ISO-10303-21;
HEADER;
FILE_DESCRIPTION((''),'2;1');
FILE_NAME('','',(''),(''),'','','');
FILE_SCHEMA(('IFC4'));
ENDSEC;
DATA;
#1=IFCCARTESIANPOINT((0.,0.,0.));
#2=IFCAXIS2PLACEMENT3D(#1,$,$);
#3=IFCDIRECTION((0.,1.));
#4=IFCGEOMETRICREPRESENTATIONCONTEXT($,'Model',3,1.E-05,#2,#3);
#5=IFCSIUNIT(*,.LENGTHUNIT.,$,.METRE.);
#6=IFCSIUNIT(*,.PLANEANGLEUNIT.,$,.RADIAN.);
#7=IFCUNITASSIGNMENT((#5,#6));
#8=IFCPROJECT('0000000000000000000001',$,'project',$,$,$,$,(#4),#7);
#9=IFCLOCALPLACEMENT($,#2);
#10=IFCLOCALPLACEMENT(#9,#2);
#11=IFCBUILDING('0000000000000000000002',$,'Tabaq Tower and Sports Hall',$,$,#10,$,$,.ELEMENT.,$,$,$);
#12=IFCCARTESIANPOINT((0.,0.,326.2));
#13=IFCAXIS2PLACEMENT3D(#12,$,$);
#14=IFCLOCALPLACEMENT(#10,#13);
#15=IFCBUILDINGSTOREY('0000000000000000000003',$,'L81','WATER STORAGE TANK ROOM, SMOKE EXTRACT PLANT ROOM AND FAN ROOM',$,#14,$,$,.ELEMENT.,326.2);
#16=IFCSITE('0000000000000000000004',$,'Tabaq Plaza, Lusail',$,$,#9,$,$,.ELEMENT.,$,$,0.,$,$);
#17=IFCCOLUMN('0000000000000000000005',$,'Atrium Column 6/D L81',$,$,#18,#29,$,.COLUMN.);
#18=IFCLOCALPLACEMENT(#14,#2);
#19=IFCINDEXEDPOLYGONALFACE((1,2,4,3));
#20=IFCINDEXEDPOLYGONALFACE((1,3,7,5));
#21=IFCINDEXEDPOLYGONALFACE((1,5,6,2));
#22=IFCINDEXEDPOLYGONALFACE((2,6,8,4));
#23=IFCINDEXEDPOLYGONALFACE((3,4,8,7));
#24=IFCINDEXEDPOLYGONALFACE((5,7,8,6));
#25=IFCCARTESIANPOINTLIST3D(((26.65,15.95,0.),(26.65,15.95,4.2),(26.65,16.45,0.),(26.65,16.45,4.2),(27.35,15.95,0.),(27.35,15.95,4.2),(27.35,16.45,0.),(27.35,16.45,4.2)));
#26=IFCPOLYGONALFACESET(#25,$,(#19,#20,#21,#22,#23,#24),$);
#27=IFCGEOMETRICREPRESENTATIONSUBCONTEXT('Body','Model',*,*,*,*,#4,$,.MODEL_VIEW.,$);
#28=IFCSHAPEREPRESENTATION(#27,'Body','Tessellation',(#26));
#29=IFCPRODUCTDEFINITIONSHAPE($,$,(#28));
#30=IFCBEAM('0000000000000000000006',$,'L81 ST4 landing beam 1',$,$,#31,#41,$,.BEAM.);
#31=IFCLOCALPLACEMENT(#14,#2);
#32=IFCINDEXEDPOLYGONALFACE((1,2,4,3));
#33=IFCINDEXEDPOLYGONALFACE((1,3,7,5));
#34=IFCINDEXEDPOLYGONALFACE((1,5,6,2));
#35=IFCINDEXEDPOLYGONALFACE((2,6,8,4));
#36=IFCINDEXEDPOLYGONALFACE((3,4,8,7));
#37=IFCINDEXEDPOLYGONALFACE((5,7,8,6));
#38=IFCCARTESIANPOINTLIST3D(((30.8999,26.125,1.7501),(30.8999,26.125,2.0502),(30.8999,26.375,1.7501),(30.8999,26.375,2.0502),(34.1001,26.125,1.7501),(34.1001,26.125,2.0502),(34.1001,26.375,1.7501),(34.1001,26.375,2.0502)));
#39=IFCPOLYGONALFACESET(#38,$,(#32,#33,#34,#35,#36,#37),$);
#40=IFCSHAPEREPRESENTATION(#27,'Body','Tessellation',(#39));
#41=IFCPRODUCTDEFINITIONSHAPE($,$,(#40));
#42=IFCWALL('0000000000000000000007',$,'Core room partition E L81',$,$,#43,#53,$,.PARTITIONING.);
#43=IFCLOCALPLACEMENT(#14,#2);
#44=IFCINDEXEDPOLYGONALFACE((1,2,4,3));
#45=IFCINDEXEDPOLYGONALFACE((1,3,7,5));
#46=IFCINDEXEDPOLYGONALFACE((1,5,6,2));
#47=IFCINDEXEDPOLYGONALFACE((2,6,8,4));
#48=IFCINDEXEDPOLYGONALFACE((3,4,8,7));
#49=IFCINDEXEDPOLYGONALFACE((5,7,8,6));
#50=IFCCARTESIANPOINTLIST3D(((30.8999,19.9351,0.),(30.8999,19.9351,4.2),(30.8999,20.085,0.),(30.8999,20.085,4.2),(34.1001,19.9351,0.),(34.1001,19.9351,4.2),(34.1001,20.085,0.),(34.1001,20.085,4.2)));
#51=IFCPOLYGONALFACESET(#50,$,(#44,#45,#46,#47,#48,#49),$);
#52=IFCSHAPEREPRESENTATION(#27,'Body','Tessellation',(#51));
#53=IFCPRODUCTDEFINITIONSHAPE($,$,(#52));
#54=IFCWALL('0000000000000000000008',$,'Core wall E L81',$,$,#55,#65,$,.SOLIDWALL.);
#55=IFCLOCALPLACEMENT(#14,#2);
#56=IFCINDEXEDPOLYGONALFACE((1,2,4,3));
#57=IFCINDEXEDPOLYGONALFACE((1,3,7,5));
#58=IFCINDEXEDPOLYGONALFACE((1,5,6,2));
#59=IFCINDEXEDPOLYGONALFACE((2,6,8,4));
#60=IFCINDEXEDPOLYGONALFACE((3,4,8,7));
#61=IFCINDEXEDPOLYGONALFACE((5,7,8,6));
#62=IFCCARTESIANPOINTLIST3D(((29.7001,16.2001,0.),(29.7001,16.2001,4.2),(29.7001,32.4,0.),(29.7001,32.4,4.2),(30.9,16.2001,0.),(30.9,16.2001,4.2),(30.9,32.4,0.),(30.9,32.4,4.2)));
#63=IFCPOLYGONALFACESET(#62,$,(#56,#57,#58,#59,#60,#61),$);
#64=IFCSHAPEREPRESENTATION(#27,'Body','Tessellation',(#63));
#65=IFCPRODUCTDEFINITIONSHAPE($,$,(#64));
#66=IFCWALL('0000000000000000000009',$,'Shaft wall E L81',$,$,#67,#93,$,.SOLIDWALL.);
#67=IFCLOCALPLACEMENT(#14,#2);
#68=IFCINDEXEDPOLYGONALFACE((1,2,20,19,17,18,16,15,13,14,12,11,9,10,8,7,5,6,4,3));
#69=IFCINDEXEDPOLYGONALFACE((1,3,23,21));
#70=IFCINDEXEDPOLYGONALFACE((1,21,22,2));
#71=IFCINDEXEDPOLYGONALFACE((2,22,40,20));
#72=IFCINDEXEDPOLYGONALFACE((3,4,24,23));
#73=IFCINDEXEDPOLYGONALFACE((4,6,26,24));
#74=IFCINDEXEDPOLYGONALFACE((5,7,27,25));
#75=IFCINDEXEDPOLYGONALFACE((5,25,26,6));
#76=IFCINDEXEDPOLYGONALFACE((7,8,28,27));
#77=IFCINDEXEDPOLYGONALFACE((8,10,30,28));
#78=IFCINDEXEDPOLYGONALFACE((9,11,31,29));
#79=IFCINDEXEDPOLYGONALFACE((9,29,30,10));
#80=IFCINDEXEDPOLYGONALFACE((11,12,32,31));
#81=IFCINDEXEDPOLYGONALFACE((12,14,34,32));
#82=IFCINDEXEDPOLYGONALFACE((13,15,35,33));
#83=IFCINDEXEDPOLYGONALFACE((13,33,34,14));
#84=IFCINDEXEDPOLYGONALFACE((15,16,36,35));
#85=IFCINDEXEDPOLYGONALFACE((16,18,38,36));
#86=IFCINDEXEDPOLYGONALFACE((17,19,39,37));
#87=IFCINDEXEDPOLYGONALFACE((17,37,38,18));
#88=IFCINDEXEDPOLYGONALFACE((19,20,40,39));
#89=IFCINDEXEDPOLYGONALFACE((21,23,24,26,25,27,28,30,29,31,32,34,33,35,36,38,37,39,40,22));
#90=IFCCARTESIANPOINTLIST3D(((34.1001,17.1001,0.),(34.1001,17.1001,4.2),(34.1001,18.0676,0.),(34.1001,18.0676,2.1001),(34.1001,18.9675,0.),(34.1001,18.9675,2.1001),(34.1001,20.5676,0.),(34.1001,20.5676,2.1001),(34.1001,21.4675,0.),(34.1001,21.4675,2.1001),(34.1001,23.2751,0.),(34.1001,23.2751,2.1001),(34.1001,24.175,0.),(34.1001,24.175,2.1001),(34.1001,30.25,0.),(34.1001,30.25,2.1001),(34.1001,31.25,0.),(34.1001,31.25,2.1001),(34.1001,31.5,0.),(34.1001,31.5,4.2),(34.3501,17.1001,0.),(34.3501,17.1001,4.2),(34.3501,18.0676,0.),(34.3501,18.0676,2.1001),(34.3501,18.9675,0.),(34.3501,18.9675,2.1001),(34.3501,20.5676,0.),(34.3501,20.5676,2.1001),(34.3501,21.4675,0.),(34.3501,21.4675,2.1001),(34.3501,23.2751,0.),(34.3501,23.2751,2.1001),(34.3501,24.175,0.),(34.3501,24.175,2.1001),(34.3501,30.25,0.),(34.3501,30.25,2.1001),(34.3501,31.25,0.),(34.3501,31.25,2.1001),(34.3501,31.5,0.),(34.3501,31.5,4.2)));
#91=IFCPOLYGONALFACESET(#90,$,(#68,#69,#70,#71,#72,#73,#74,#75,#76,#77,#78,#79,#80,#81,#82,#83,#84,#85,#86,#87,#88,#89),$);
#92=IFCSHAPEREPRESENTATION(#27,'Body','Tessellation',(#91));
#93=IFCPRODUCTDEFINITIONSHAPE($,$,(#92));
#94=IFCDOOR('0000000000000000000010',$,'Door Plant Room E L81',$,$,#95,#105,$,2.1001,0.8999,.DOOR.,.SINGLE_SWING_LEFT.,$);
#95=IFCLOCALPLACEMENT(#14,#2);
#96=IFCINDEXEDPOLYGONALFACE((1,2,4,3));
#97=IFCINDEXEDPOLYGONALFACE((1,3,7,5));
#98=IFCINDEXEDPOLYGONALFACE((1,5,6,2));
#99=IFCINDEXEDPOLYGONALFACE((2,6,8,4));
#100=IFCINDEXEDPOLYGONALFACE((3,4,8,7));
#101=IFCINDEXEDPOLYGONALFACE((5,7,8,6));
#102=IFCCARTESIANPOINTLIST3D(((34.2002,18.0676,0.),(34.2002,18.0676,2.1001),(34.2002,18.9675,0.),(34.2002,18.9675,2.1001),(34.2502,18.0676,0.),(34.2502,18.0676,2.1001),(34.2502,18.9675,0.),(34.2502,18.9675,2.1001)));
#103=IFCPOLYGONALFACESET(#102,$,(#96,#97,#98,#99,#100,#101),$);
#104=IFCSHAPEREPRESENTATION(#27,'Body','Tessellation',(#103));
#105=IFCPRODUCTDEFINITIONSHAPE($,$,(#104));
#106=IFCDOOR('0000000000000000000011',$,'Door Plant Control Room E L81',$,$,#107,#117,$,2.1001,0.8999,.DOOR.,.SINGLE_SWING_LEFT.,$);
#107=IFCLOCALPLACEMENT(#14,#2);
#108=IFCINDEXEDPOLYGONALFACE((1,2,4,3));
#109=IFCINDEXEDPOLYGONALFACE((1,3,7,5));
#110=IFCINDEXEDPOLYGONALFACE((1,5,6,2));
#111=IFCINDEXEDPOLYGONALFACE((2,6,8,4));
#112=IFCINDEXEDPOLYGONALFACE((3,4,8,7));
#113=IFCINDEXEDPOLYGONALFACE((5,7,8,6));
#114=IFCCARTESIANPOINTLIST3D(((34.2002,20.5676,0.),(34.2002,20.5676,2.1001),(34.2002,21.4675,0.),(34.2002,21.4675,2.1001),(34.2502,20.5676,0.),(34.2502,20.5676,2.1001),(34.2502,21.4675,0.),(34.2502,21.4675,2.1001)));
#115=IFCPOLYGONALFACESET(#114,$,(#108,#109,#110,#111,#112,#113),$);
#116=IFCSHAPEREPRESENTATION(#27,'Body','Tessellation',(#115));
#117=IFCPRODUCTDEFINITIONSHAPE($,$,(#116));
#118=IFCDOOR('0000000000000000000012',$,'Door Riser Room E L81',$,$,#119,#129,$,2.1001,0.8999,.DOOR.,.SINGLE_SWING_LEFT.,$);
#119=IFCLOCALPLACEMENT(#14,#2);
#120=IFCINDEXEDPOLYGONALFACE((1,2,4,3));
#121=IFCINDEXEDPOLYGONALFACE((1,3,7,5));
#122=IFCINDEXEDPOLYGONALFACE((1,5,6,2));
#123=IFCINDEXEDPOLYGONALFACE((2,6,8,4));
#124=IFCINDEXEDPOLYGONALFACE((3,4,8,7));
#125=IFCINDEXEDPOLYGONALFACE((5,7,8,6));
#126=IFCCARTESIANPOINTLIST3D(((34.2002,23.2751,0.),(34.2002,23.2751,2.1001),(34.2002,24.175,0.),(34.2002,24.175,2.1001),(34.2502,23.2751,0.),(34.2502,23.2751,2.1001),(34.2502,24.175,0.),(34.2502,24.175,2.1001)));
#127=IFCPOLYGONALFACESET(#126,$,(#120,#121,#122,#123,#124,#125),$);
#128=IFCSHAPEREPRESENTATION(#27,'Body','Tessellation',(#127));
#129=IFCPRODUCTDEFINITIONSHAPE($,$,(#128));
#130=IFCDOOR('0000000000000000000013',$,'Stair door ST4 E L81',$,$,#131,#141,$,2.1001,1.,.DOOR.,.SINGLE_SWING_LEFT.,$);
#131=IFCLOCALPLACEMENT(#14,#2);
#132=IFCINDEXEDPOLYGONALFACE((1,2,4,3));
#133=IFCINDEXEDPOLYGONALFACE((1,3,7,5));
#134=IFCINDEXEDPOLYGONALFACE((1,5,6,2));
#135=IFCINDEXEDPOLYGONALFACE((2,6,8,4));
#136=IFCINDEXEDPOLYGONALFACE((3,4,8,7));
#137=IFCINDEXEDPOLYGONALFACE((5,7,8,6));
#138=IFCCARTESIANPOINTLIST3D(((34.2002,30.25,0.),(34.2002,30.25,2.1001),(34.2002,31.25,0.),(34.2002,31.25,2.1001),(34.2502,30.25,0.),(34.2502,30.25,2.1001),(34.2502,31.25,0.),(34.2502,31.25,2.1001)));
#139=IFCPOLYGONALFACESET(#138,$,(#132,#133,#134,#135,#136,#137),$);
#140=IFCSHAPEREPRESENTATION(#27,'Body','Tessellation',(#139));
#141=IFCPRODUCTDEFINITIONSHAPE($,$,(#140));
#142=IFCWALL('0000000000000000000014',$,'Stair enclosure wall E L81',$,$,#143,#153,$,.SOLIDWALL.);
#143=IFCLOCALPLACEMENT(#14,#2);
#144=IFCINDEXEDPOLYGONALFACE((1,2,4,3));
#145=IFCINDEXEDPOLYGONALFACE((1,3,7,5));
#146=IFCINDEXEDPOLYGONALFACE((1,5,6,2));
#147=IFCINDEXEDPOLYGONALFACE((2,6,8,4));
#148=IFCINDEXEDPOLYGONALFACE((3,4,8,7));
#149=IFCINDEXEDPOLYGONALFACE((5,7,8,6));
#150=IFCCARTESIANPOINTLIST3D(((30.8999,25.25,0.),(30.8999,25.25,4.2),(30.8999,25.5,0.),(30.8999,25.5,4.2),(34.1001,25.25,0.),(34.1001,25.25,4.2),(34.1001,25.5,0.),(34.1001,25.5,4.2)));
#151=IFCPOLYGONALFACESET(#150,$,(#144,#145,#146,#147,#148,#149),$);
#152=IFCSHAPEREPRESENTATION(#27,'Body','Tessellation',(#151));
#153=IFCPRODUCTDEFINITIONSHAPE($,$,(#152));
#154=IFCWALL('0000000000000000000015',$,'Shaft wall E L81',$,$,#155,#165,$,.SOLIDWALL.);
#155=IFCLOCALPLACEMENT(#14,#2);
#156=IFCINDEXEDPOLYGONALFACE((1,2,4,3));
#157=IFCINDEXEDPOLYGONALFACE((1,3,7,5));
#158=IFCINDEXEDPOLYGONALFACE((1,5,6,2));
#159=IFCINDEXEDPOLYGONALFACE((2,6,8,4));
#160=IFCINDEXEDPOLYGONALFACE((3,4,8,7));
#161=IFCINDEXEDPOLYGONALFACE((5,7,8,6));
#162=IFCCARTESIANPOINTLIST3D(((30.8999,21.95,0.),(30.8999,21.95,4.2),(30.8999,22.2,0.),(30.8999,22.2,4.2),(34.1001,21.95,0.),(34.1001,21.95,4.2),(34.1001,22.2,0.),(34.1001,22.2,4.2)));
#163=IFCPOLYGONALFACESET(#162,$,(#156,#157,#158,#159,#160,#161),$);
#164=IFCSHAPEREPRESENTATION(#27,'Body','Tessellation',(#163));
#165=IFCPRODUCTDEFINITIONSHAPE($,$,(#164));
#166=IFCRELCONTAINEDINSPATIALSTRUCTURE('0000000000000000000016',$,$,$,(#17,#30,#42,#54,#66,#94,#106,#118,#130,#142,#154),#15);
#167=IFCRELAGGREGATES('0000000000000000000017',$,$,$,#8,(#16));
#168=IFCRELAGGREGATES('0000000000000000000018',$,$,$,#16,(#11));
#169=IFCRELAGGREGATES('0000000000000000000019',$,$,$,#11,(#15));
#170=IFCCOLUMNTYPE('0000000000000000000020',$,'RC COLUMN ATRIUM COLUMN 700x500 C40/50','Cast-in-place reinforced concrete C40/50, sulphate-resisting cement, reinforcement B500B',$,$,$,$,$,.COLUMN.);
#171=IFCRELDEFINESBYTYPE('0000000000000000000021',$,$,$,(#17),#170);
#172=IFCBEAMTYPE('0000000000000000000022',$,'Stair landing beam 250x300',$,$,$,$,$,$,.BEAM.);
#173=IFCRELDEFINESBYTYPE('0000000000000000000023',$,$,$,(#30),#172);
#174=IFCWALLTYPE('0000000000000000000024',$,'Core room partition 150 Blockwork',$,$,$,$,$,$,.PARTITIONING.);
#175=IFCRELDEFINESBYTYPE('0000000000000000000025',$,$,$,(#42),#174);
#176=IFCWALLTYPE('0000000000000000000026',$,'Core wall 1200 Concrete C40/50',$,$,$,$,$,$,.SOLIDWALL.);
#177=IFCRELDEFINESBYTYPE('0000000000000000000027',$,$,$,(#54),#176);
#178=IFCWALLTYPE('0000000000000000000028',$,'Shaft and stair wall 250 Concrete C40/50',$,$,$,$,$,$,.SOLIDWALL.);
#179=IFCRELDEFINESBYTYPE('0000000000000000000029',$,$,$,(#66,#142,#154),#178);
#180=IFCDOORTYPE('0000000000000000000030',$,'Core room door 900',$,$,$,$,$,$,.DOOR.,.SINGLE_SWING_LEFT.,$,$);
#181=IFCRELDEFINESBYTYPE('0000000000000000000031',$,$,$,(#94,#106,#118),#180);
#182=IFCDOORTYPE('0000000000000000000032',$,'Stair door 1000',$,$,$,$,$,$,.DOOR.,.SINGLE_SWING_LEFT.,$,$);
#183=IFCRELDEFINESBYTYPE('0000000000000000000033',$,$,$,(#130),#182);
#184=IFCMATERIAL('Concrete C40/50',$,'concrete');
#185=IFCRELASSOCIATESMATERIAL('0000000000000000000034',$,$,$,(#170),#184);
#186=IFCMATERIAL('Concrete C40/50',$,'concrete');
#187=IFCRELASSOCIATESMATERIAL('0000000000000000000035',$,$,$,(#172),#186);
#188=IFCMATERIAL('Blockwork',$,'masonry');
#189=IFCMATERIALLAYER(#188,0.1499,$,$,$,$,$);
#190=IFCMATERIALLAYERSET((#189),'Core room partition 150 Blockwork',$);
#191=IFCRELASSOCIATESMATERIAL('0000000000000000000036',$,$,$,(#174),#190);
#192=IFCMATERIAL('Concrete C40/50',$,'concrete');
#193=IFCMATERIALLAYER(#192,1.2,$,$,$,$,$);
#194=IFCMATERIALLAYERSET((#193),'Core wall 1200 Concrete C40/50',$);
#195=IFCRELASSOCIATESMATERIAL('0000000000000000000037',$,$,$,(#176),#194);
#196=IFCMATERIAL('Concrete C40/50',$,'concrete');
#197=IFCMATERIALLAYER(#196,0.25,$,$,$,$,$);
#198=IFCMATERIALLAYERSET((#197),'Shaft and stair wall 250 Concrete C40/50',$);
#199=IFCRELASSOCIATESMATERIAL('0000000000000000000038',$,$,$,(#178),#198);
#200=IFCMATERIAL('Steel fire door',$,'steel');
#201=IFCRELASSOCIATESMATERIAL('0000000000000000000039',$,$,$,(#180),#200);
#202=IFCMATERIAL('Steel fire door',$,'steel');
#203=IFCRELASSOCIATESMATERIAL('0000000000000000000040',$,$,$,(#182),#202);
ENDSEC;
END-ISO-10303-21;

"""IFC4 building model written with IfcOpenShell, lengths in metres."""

from ifc_helpers import new_model, si_unit, direction, frame, frame_2d, origin, origin_2d, place, context, subcontext, project, spatial, rectangle, extrude, material, layer, layer_set, material_profile, profile_set, type_object, element, fill, save


model = new_model("IFC4")

# Units and contexts
model_context = context("Model", 3, precision=1e-05, world=origin(), true_north=direction((0.0, 1.0)))
body_context = subcontext(model_context, "Body", "Model", "MODEL_VIEW")
ifc_project = project(units=[si_unit("LENGTHUNIT", "METRE"), si_unit("PLANEANGLEUNIT", "RADIAN")], contexts=[model_context])

# Site, building, storey
site_placement = place(None, origin())
site = spatial("IfcSite", under=ifc_project, at=site_placement, Name="Tabaq Plaza, Lusail", CompositionType="ELEMENT", RefElevation=0.0)
building_placement = place(site_placement, origin())
building = spatial("IfcBuilding", under=site, at=building_placement, Name="Tabaq Tower and Sports Hall", CompositionType="ELEMENT")
storey_placement = place(building_placement, frame((0.0, 0.0, 326.2)))
storey = spatial("IfcBuildingStorey", under=building, at=storey_placement, Name="L81", Description="WATER STORAGE TANK ROOM, SMOKE EXTRACT PLANT ROOM AND FAN ROOM", CompositionType="ELEMENT", Elevation=326.2)

# Column
ifc_material_1 = material(Name="Concrete C40/50", Category="concrete")
ifc_material_profile_1 = material_profile(ifc_material_1, rectangle(XDim=0.7, YDim=0.5, at=origin_2d()), Name="ATRIUM COLUMN 700x500")
ifc_profile_set_1 = profile_set([ifc_material_profile_1], Name="Concrete C40/50")
column_type = type_object("IfcColumnType", Name="RC COLUMN ATRIUM COLUMN 700x500 C40/50", Description="Cast-in-place reinforced concrete C40/50, sulphate-resisting cement, reinforcement B500B", PredefinedType="COLUMN", material=ifc_profile_set_1)
column_placement = place(storey_placement, frame((27.0, 16.2, 0.0), z_axis=(0.0, 0.0, 1.0), x_axis=(1.0, 0.0, 0.0)))
element("IfcColumn", 1, at=column_placement, inside=storey, type_object=column_type, Name="Atrium Column 6/D L81", PredefinedType="COLUMN", context=body_context, shape_type="SweptSolid", body=[
    extrude(rectangle(XDim=0.7, YDim=0.5, at=origin_2d()), origin(), (0.0, 0.0, 1.0), 4.2),
])

# Beam
ifc_material_2 = material(Name="Concrete C40/50", Category="concrete")
ifc_material_profile_2 = material_profile(ifc_material_2, rectangle(XDim=0.25, YDim=0.3, at=origin_2d()), Name="RC 250x300")
ifc_profile_set_2 = profile_set([ifc_material_profile_2], Name="Concrete C40/50")
beam_type = type_object("IfcBeamType", Name="Stair landing beam 250x300", PredefinedType="BEAM", material=ifc_profile_set_2)
beam_placement = place(storey_placement, frame((30.8999, 26.25, 1.9001), z_axis=(1.0, 0.0, 0.0), x_axis=(0.0, 1.0, 0.0)))
element("IfcBeam", 2, at=beam_placement, inside=storey, type_object=beam_type, Name="L81 ST4 landing beam 1", PredefinedType="BEAM", context=body_context, shape_type="SweptSolid", body=[
    extrude(rectangle(XDim=0.25, YDim=0.3, at=origin_2d()), origin(), (0.0, 0.0, 1.0), 3.2002),
])

# Walls
ifc_material_3 = material(Name="Blockwork", Category="masonry")
ifc_layer_1 = layer(ifc_material_3, 0.1499)
ifc_layer_set_1 = layer_set([ifc_layer_1], Name="Core room partition 150 Blockwork")
wall_type_1 = type_object("IfcWallType", Name="Core room partition 150 Blockwork", PredefinedType="PARTITIONING", material=ifc_layer_set_1)
wall_1_placement = place(storey_placement, frame((30.8999, 20.01, 0.0), z_axis=(0.0, 0.0, 1.0), x_axis=(1.0, 0.0, 0.0)))
element("IfcWall", 3, at=wall_1_placement, inside=storey, type_object=wall_type_1, Name="Core room partition E L81", PredefinedType="PARTITIONING", context=body_context, shape_type="SweptSolid", body=[
    extrude(rectangle(XDim=3.2002, YDim=0.1499, at=frame_2d((1.6001, 0.0))), origin(), (0.0, 0.0, 1.0), 4.2),
])
ifc_material_4 = material(Name="Concrete C40/50", Category="concrete")
ifc_layer_2 = layer(ifc_material_4, 1.2)
ifc_layer_set_2 = layer_set([ifc_layer_2], Name="Core wall 1200 Concrete C40/50")
wall_type_2 = type_object("IfcWallType", Name="Core wall 1200 Concrete C40/50", PredefinedType="SOLIDWALL", material=ifc_layer_set_2)
wall_2_placement = place(storey_placement, frame((30.3, 16.2, 0.0), z_axis=(0.0, 0.0, 1.0), x_axis=(0.0, 1.0, 0.0)))
element("IfcWall", 4, at=wall_2_placement, inside=storey, type_object=wall_type_2, Name="Core wall E L81", PredefinedType="SOLIDWALL", context=body_context, shape_type="SweptSolid", body=[
    extrude(rectangle(XDim=16.2, YDim=1.2, at=frame_2d((8.1001, 0.0))), origin(), (0.0, 0.0, 1.0), 4.2),
])

# Wall, openings, doors
ifc_material_5 = material(Name="Concrete C40/50", Category="concrete")
ifc_layer_3 = layer(ifc_material_5, 0.25)
ifc_layer_set_3 = layer_set([ifc_layer_3], Name="Shaft and stair wall 250 Concrete C40/50")
wall_type_3 = type_object("IfcWallType", Name="Shaft and stair wall 250 Concrete C40/50", PredefinedType="SOLIDWALL", material=ifc_layer_set_3)
wall_3_placement = place(storey_placement, frame((34.2251, 17.1001, 0.0), z_axis=(0.0, 0.0, 1.0), x_axis=(0.0, 1.0, 0.0)))
wall_3 = element("IfcWall", 5, at=wall_3_placement, inside=storey, type_object=wall_type_3, Name="Shaft wall E L81", PredefinedType="SOLIDWALL", context=body_context, shape_type="SweptSolid", body=[
    extrude(rectangle(XDim=14.3999, YDim=0.25, at=frame_2d((7.2, 0.0))), origin(), (0.0, 0.0, 1.0), 4.2),
])
opening_1_placement = place(wall_3_placement, frame((13.1499, 0.0, 0.0)))
opening_1 = element("IfcOpeningElement", 6, at=opening_1_placement, cuts=wall_3, PredefinedType="OPENING", context=body_context, shape_type="SweptSolid", body=[
    extrude(rectangle(XDim=1.0, YDim=2.1001, at=frame_2d((0.5, 1.05))), frame((0.0, 0.125, 0.0), z_axis=(0.0, -1.0, 0.0), x_axis=(1.0, 0.0, 0.0)), (0.0, 0.0, 1.0), 0.25),
])
opening_2_placement = place(wall_3_placement, frame((0.9675, 0.0, 0.0)))
opening_2 = element("IfcOpeningElement", 7, at=opening_2_placement, cuts=wall_3, PredefinedType="OPENING", context=body_context, shape_type="SweptSolid", body=[
    extrude(rectangle(XDim=0.8999, YDim=2.1001, at=frame_2d((0.45, 1.05))), frame((0.0, 0.125, 0.0), z_axis=(0.0, -1.0, 0.0), x_axis=(1.0, 0.0, 0.0)), (0.0, 0.0, 1.0), 0.25),
])
opening_3_placement = place(wall_3_placement, frame((3.4675, 0.0, 0.0)))
opening_3 = element("IfcOpeningElement", 8, at=opening_3_placement, cuts=wall_3, PredefinedType="OPENING", context=body_context, shape_type="SweptSolid", body=[
    extrude(rectangle(XDim=0.8999, YDim=2.1001, at=frame_2d((0.45, 1.05))), frame((0.0, 0.125, 0.0), z_axis=(0.0, -1.0, 0.0), x_axis=(1.0, 0.0, 0.0)), (0.0, 0.0, 1.0), 0.25),
])
opening_4_placement = place(wall_3_placement, frame((6.175, 0.0, 0.0)))
opening_4 = element("IfcOpeningElement", 9, at=opening_4_placement, cuts=wall_3, PredefinedType="OPENING", context=body_context, shape_type="SweptSolid", body=[
    extrude(rectangle(XDim=0.8999, YDim=2.1001, at=frame_2d((0.45, 1.05))), frame((0.0, 0.125, 0.0), z_axis=(0.0, -1.0, 0.0), x_axis=(1.0, 0.0, 0.0)), (0.0, 0.0, 1.0), 0.25),
])
ifc_material_6 = material(Name="Steel fire door", Category="steel")
door_type_1 = type_object("IfcDoorType", Name="Core room door 900", OperationType="SINGLE_SWING_LEFT", PredefinedType="DOOR", material=ifc_material_6)
door_1_placement = place(opening_2_placement, origin())
door_1 = element("IfcDoor", 10, at=door_1_placement, inside=storey, type_object=door_type_1, Name="Door Plant Room E L81", OperationType="SINGLE_SWING_LEFT", OverallHeight=2.1001, OverallWidth=0.8999, PredefinedType="DOOR", context=body_context, shape_type="SweptSolid", body=[
    extrude(rectangle(XDim=0.8999, YDim=2.1001, at=frame_2d((0.45, 1.05))), frame((0.0, 0.0249, 0.0), z_axis=(0.0, -1.0, 0.0), x_axis=(1.0, 0.0, 0.0)), (0.0, 0.0, 1.0), 0.05),
])
fill(opening_2, door_1)
door_2_placement = place(opening_3_placement, origin())
door_2 = element("IfcDoor", 11, at=door_2_placement, inside=storey, type_object=door_type_1, Name="Door Plant Control Room E L81", OperationType="SINGLE_SWING_LEFT", OverallHeight=2.1001, OverallWidth=0.8999, PredefinedType="DOOR", context=body_context, shape_type="SweptSolid", body=[
    extrude(rectangle(XDim=0.8999, YDim=2.1001, at=frame_2d((0.45, 1.05))), frame((0.0, 0.0249, 0.0), z_axis=(0.0, -1.0, 0.0), x_axis=(1.0, 0.0, 0.0)), (0.0, 0.0, 1.0), 0.05),
])
fill(opening_3, door_2)
door_3_placement = place(opening_4_placement, origin())
door_3 = element("IfcDoor", 12, at=door_3_placement, inside=storey, type_object=door_type_1, Name="Door Riser Room E L81", OperationType="SINGLE_SWING_LEFT", OverallHeight=2.1001, OverallWidth=0.8999, PredefinedType="DOOR", context=body_context, shape_type="SweptSolid", body=[
    extrude(rectangle(XDim=0.8999, YDim=2.1001, at=frame_2d((0.45, 1.05))), frame((0.0, 0.0249, 0.0), z_axis=(0.0, -1.0, 0.0), x_axis=(1.0, 0.0, 0.0)), (0.0, 0.0, 1.0), 0.05),
])
fill(opening_4, door_3)
ifc_material_7 = material(Name="Steel fire door", Category="steel")
door_type_2 = type_object("IfcDoorType", Name="Stair door 1000", OperationType="SINGLE_SWING_LEFT", PredefinedType="DOOR", material=ifc_material_7)
door_4_placement = place(opening_1_placement, origin())
door_4 = element("IfcDoor", 13, at=door_4_placement, inside=storey, type_object=door_type_2, Name="Stair door ST4 E L81", OperationType="SINGLE_SWING_LEFT", OverallHeight=2.1001, OverallWidth=1.0, PredefinedType="DOOR", context=body_context, shape_type="SweptSolid", body=[
    extrude(rectangle(XDim=1.0, YDim=2.1001, at=frame_2d((0.5, 1.05))), frame((0.0, 0.0249, 0.0), z_axis=(0.0, -1.0, 0.0), x_axis=(1.0, 0.0, 0.0)), (0.0, 0.0, 1.0), 0.05),
])
fill(opening_1, door_4)

# Walls
for number, where, z_axis, x_axis, name in (
    (14, (30.8999, 25.375, 0.0), (0.0, 0.0, 1.0), (1.0, 0.0, 0.0), "Stair enclosure wall E L81"),
    (15, (30.8999, 22.075, 0.0), (0.0, 0.0, 1.0), (1.0, 0.0, 0.0), "Shaft wall E L81"),
):
    element("IfcWall", number, at=place(storey_placement, frame(where, z_axis=z_axis, x_axis=x_axis)), inside=storey, type_object=wall_type_3, Name=name, PredefinedType="SOLIDWALL", context=body_context, shape_type="SweptSolid", body=[
        extrude(rectangle(XDim=3.2002, YDim=0.25, at=frame_2d((1.6001, 0.0))), origin(), (0.0, 0.0, 1.0), 4.2),
    ])

save(model, "model.ifc")
